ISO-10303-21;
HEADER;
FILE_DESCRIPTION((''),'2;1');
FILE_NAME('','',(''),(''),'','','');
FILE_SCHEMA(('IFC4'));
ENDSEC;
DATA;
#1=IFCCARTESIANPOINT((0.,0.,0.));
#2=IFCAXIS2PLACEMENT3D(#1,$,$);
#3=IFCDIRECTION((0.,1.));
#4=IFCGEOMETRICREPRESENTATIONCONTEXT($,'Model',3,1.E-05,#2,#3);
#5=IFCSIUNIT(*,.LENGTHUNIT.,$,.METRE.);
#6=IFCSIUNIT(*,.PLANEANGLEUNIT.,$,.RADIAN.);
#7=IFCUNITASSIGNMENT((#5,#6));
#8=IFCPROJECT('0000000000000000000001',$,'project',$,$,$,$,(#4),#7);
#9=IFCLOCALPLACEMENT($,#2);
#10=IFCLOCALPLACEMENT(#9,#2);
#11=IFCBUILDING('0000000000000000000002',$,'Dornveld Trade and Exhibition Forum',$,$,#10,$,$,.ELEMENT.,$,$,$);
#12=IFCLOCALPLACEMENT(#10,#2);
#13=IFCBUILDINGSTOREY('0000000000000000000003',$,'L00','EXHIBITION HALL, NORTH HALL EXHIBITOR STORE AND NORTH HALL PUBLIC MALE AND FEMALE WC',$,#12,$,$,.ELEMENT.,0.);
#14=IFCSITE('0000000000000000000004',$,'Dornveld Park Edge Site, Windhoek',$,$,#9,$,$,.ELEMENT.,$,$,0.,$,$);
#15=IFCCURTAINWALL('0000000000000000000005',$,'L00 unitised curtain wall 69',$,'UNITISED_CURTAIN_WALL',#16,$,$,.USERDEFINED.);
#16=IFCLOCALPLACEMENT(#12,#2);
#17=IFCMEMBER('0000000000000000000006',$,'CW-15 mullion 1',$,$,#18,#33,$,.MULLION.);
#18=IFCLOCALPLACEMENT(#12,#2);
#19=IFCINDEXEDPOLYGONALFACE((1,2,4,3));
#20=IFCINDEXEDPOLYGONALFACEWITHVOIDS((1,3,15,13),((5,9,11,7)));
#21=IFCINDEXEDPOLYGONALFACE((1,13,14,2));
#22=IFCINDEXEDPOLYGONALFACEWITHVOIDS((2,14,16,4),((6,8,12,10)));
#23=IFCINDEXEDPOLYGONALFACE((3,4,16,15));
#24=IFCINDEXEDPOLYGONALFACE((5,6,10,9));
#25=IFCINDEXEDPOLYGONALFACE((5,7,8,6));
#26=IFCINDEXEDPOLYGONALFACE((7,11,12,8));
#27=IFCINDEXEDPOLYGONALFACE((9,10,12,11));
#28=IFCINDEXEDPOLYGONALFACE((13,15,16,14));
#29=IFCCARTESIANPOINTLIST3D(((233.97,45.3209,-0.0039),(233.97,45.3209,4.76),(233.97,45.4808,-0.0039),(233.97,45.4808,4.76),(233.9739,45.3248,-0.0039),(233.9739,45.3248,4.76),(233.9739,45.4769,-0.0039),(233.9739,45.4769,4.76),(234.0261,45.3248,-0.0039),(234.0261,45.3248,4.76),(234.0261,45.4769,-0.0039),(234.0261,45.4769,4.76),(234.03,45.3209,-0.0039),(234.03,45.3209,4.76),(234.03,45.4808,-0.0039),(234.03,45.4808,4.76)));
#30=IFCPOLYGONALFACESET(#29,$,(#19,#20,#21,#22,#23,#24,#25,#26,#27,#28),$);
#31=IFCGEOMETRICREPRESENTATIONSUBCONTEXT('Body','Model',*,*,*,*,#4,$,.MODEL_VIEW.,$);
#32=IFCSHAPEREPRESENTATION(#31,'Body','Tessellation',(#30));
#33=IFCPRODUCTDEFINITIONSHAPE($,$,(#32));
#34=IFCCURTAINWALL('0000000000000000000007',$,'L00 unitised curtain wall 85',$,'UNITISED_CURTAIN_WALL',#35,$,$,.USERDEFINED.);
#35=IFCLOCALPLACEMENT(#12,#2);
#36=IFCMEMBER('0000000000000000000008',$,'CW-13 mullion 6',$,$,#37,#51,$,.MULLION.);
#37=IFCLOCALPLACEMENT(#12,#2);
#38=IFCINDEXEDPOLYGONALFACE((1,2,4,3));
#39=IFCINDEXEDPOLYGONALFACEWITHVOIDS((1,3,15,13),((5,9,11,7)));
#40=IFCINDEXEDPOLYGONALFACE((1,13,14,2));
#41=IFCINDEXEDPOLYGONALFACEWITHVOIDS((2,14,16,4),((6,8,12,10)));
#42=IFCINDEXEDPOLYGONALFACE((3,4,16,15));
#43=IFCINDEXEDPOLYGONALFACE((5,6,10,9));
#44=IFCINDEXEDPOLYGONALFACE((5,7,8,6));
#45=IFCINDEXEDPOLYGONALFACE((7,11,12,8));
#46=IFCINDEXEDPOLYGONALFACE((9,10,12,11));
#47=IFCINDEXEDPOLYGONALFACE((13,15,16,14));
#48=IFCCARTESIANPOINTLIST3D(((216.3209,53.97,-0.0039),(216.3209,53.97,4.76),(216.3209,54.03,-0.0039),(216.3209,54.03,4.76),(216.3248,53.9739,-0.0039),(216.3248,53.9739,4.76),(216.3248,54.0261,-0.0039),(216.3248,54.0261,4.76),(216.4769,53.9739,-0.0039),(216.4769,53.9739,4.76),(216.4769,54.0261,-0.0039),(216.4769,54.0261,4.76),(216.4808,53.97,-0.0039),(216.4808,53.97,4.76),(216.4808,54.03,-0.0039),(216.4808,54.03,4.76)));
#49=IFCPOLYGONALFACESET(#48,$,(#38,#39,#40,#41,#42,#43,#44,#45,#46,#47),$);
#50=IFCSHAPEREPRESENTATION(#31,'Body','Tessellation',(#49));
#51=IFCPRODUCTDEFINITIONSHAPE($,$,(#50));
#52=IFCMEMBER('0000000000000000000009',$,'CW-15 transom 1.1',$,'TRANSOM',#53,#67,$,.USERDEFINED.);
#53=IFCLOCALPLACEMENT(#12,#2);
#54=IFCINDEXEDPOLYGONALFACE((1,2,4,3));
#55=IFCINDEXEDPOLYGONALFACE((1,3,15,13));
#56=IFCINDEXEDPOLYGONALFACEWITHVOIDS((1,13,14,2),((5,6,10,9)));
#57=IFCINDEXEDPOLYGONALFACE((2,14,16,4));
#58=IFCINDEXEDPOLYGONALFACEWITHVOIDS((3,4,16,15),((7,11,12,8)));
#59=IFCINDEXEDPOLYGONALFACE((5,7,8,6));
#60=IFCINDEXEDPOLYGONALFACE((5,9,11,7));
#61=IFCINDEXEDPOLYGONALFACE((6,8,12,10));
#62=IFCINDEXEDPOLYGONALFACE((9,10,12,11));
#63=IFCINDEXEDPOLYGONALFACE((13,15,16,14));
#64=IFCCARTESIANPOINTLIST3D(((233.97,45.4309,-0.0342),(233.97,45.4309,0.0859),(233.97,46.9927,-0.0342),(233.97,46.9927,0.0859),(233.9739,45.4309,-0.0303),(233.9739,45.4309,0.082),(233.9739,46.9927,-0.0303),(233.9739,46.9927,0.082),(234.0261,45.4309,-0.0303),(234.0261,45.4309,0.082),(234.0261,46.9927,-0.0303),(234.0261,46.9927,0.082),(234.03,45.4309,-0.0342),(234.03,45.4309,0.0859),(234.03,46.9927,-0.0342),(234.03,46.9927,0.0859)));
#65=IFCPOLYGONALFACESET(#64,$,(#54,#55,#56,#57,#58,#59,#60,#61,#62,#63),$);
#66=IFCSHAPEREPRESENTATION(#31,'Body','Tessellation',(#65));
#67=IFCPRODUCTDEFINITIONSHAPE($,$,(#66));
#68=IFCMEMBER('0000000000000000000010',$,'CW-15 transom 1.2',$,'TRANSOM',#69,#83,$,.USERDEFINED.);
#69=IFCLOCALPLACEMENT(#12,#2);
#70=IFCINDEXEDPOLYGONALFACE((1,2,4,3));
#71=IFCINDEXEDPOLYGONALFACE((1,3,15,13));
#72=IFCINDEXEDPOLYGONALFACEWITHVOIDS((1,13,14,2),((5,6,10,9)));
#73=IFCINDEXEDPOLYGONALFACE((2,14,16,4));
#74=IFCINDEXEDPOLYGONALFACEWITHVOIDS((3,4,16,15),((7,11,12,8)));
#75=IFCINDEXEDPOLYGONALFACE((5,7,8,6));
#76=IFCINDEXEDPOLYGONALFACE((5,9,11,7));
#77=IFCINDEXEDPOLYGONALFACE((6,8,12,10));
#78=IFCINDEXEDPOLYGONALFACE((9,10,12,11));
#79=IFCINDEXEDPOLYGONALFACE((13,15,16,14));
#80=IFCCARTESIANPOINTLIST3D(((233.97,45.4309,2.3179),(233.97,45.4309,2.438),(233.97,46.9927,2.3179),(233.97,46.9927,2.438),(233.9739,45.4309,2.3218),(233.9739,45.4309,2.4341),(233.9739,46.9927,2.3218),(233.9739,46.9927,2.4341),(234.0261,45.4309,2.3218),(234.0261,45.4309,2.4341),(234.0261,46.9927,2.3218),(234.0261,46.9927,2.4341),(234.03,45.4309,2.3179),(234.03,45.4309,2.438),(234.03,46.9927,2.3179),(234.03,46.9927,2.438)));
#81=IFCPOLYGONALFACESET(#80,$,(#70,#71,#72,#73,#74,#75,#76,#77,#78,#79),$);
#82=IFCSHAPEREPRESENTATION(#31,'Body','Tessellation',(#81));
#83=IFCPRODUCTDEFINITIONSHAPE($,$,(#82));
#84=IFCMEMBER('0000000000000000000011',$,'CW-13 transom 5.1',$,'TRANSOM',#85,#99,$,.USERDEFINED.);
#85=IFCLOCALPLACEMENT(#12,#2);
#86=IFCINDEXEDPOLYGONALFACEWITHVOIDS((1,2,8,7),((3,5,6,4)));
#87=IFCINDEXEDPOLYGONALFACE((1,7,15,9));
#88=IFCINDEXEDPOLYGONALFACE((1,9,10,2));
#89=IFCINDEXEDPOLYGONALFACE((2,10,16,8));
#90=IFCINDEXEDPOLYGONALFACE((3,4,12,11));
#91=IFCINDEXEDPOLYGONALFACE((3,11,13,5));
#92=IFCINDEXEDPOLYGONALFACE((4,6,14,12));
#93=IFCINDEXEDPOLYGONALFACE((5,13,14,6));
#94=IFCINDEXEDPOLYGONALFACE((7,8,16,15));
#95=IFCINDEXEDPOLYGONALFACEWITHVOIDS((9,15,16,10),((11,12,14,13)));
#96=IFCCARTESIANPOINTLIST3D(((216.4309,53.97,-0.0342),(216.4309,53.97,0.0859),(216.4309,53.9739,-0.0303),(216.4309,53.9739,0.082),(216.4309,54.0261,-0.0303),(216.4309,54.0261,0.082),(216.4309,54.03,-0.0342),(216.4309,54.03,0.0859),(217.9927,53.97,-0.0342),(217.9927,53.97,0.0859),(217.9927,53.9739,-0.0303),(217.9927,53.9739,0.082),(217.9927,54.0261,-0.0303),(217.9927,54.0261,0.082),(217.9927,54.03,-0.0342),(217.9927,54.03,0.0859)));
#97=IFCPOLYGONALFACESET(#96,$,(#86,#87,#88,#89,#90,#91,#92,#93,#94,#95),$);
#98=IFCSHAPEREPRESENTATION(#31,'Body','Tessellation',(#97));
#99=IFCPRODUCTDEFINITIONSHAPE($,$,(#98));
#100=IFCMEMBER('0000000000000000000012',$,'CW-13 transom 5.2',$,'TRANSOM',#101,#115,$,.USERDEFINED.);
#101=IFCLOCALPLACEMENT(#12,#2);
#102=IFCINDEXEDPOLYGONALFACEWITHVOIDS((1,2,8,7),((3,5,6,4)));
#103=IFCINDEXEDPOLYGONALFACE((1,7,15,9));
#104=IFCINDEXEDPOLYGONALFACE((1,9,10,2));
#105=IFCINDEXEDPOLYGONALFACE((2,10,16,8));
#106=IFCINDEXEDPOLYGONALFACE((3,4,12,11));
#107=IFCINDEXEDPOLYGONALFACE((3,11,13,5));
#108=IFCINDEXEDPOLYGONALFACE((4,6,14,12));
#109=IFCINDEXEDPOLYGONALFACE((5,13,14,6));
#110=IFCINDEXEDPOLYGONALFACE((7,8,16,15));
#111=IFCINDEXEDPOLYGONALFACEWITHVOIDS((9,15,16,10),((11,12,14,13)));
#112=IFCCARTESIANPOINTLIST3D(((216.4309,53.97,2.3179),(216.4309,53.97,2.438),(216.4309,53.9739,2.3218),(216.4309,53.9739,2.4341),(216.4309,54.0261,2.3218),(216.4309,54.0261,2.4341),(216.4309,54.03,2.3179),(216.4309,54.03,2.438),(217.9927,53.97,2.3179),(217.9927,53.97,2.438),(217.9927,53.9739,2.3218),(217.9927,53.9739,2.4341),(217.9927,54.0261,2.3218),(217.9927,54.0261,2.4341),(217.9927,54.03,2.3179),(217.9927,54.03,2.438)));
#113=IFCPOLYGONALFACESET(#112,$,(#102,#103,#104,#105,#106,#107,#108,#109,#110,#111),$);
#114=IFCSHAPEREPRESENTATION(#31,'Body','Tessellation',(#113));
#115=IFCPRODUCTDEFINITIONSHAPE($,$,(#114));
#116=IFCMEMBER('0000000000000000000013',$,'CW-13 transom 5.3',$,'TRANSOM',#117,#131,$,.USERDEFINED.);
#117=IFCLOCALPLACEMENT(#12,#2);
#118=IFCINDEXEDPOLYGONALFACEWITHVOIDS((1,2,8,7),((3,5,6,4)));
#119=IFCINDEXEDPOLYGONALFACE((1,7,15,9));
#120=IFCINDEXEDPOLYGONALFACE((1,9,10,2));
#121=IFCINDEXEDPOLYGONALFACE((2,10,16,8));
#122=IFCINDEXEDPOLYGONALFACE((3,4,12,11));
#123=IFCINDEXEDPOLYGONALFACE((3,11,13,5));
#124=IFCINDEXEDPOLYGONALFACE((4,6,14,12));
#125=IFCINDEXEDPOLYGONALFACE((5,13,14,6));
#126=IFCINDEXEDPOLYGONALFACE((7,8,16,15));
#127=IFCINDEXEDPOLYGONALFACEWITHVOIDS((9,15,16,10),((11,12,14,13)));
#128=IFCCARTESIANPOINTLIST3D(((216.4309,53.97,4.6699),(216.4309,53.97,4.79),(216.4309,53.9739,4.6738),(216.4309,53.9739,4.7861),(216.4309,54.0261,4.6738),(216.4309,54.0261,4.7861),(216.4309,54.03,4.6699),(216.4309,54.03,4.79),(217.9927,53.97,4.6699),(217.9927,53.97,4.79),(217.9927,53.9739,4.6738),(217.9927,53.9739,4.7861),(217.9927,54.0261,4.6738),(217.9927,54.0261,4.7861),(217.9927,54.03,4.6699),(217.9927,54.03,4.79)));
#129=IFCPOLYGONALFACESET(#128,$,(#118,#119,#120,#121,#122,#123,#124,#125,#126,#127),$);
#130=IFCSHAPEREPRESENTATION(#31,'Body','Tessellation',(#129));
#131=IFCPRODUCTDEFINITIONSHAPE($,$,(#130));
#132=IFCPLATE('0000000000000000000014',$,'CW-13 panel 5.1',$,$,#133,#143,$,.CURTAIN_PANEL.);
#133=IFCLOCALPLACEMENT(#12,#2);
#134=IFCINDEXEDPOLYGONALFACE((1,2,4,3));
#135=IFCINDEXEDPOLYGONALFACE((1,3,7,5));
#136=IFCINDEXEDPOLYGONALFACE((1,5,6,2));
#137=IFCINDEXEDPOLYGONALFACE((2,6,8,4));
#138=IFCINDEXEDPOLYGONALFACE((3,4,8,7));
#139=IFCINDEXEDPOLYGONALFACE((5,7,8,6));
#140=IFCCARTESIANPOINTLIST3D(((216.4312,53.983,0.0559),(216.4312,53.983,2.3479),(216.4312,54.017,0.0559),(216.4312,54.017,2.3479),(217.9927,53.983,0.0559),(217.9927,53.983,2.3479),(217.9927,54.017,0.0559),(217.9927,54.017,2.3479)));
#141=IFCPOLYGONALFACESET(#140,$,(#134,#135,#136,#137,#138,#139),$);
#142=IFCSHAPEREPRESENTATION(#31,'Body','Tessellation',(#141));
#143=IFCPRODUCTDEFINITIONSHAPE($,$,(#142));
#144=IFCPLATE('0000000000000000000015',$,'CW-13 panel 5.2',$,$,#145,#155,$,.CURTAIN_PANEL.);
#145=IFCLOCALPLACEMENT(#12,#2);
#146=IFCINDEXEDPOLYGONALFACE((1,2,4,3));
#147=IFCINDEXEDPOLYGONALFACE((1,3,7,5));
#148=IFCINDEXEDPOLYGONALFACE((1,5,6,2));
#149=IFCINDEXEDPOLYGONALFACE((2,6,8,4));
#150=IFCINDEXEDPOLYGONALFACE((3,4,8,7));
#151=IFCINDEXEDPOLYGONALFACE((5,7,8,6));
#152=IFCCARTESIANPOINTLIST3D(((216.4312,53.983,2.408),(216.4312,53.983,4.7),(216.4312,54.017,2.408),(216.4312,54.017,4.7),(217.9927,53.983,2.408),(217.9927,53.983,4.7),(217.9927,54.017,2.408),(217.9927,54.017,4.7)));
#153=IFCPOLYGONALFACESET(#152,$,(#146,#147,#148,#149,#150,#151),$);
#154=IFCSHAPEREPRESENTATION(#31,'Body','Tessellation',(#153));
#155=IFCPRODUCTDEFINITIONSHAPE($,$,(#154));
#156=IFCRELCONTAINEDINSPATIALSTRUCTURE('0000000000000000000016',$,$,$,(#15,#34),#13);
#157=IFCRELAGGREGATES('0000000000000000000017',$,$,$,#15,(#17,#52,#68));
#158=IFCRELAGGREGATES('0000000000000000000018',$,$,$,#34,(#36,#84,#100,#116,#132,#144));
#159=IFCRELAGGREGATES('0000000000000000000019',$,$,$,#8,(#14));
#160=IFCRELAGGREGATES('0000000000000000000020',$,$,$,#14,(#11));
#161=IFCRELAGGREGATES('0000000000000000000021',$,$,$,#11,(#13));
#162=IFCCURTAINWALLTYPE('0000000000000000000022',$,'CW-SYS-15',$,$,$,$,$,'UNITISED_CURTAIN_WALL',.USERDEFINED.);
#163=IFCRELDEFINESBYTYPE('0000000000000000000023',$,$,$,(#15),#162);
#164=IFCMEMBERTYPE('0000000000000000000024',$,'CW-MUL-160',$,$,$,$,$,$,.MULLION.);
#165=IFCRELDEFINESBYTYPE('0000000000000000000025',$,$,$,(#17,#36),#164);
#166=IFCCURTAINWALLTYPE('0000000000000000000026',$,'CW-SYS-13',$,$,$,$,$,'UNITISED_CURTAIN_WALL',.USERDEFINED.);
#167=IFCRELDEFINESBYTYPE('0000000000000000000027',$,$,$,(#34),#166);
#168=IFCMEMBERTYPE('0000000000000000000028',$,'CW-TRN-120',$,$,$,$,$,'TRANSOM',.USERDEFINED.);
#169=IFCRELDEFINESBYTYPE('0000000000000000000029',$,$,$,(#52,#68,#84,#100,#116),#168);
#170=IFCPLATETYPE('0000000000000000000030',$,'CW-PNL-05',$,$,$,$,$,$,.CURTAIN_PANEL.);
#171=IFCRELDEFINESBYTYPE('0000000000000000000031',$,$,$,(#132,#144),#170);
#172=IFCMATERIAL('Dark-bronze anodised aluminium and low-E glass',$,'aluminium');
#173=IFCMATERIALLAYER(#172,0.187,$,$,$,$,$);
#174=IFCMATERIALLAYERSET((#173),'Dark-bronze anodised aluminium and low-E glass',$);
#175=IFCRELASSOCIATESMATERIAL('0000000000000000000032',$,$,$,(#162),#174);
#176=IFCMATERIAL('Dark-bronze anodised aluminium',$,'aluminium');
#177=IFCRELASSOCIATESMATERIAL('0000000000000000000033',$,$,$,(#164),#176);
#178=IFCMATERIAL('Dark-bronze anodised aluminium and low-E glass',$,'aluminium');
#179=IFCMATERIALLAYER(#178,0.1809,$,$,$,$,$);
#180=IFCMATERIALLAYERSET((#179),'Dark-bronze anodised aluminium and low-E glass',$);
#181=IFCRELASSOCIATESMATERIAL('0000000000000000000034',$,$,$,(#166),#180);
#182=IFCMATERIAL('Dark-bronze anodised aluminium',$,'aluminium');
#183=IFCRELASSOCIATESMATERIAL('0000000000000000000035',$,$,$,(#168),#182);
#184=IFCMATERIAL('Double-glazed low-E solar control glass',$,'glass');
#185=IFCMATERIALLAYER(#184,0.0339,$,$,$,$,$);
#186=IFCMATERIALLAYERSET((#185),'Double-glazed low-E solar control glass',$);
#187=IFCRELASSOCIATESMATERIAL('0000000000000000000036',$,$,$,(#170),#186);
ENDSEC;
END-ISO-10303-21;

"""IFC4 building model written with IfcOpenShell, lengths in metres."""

from ifc_helpers import new_model, si_unit, direction, frame, origin, origin_2d, place, context, subcontext, project, spatial, rectangle, hollow_rectangle, extrude, material, layer, layer_set, material_profile, profile_set, type_object, element, aggregate, save


model = new_model("IFC4")

# Units and contexts
model_context = context("Model", 3, precision=1e-05, world=origin(), true_north=direction((0.0, 1.0)))
body_context = subcontext(model_context, "Body", "Model", "MODEL_VIEW")
ifc_project = project(units=[si_unit("LENGTHUNIT", "METRE"), si_unit("PLANEANGLEUNIT", "RADIAN")], contexts=[model_context])

# Site, building, storey
site_placement = place(None, origin())
site = spatial("IfcSite", under=ifc_project, at=site_placement, Name="Dornveld Park Edge Site, Windhoek", CompositionType="ELEMENT", RefElevation=0.0)
building_placement = place(site_placement, origin())
building = spatial("IfcBuilding", under=site, at=building_placement, Name="Dornveld Trade and Exhibition Forum", CompositionType="ELEMENT")
storey_placement = place(building_placement, origin())
storey = spatial("IfcBuildingStorey", under=building, at=storey_placement, Name="L00", Description="EXHIBITION HALL, NORTH HALL EXHIBITOR STORE AND NORTH HALL PUBLIC MALE AND FEMALE WC", CompositionType="ELEMENT", Elevation=0.0)

# Curtain walls, members
ifc_material_1 = material(Name="Dark-bronze anodised aluminium and low-E glass", Category="aluminium")
ifc_layer_1 = layer(ifc_material_1, 0.187)
ifc_layer_set_1 = layer_set([ifc_layer_1], Name="Dark-bronze anodised aluminium and low-E glass")
curtain_wall_type_1 = type_object("IfcCurtainWallType", Name="CW-SYS-15", ElementType="UNITISED_CURTAIN_WALL", PredefinedType="USERDEFINED", material=ifc_layer_set_1)
curtain_wall_1_placement = place(storey_placement, origin())
curtain_wall_1 = element("IfcCurtainWall", 1, at=curtain_wall_1_placement, inside=storey, type_object=curtain_wall_type_1, Name="L00 unitised curtain wall 69", ObjectType="UNITISED_CURTAIN_WALL", PredefinedType="USERDEFINED")
ifc_material_2 = material(Name="Dark-bronze anodised aluminium", Category="aluminium")
ifc_material_profile_1 = material_profile(ifc_material_2, hollow_rectangle(XDim=0.0601, YDim=0.1599, WallThickness=0.0039, at=origin_2d()), Name="RHS 160x60x4")
ifc_profile_set_1 = profile_set([ifc_material_profile_1], Name="Dark-bronze anodised aluminium")
member_type_1 = type_object("IfcMemberType", Name="CW-MUL-160", PredefinedType="MULLION", material=ifc_profile_set_1)
member_1_placement = place(storey_placement, frame((234.0, 45.4009, -0.0039), z_axis=(0.0, 0.0, 1.0), x_axis=(-1.0, 0.0, 0.0)))
member_1 = element("IfcMember", 2, at=member_1_placement, type_object=member_type_1, Name="CW-15 mullion 1", PredefinedType="MULLION", context=body_context, shape_type="SweptSolid", body=[
    extrude(hollow_rectangle(XDim=0.0601, YDim=0.1599, WallThickness=0.0039, at=origin_2d()), origin(), (0.0, 0.0, 1.0), 4.7639),
])
ifc_material_3 = material(Name="Dark-bronze anodised aluminium and low-E glass", Category="aluminium")
ifc_layer_2 = layer(ifc_material_3, 0.1809)
ifc_layer_set_2 = layer_set([ifc_layer_2], Name="Dark-bronze anodised aluminium and low-E glass")
curtain_wall_type_2 = type_object("IfcCurtainWallType", Name="CW-SYS-13", ElementType="UNITISED_CURTAIN_WALL", PredefinedType="USERDEFINED", material=ifc_layer_set_2)
curtain_wall_2_placement = place(storey_placement, origin())
curtain_wall_2 = element("IfcCurtainWall", 3, at=curtain_wall_2_placement, inside=storey, type_object=curtain_wall_type_2, Name="L00 unitised curtain wall 85", ObjectType="UNITISED_CURTAIN_WALL", PredefinedType="USERDEFINED")
member_2_placement = place(storey_placement, frame((216.4009, 54.0, -0.0039), z_axis=(0.0, 0.0, 1.0), x_axis=(0.0, -1.0, 0.0)))
member_2 = element("IfcMember", 4, at=member_2_placement, type_object=member_type_1, Name="CW-13 mullion 6", PredefinedType="MULLION", context=body_context, shape_type="SweptSolid", body=[
    extrude(hollow_rectangle(XDim=0.0601, YDim=0.1599, WallThickness=0.0039, at=origin_2d()), origin(), (0.0, 0.0, 1.0), 4.7639),
])

# Members
ifc_material_4 = material(Name="Dark-bronze anodised aluminium", Category="aluminium")
ifc_material_profile_2 = material_profile(ifc_material_4, hollow_rectangle(XDim=0.0601, YDim=0.1201, WallThickness=0.0039, at=origin_2d()), Name="RHS 120x60x4")
ifc_profile_set_2 = profile_set([ifc_material_profile_2], Name="Dark-bronze anodised aluminium")
member_type_2 = type_object("IfcMemberType", Name="CW-TRN-120", ElementType="TRANSOM", PredefinedType="USERDEFINED", material=ifc_profile_set_2)
member_3_placement = place(storey_placement, frame((234.0, 45.4309, 0.0259), z_axis=(0.0, 1.0, 0.0), x_axis=(-1.0, 0.0, 0.0)))
member_3 = element("IfcMember", 5, at=member_3_placement, type_object=member_type_2, Name="CW-15 transom 1.1", ObjectType="TRANSOM", PredefinedType="USERDEFINED", context=body_context, shape_type="SweptSolid", body=[
    extrude(hollow_rectangle(XDim=0.0601, YDim=0.1201, WallThickness=0.0039, at=origin_2d()), origin(), (0.0, 0.0, 1.0), 1.5618),
])
member_4_placement = place(storey_placement, frame((234.0, 45.4309, 2.3779), z_axis=(0.0, 1.0, 0.0), x_axis=(-1.0, 0.0, 0.0)))
member_4 = element("IfcMember", 6, at=member_4_placement, type_object=member_type_2, Name="CW-15 transom 1.2", ObjectType="TRANSOM", PredefinedType="USERDEFINED", context=body_context, shape_type="SweptSolid", body=[
    extrude(hollow_rectangle(XDim=0.0601, YDim=0.1201, WallThickness=0.0039, at=origin_2d()), origin(), (0.0, 0.0, 1.0), 1.5618),
])
aggregate(curtain_wall_1, [member_1, member_3, member_4])
member_5_placement = place(storey_placement, frame((217.9927, 54.0, 0.0259), z_axis=(-1.0, 0.0, 0.0), x_axis=(0.0, -1.0, 0.0)))
member_5 = element("IfcMember", 7, at=member_5_placement, type_object=member_type_2, Name="CW-13 transom 5.1", ObjectType="TRANSOM", PredefinedType="USERDEFINED", context=body_context, shape_type="SweptSolid", body=[
    extrude(hollow_rectangle(XDim=0.0601, YDim=0.1201, WallThickness=0.0039, at=origin_2d()), origin(), (0.0, 0.0, 1.0), 1.5618),
])
member_6_placement = place(storey_placement, frame((217.9927, 54.0, 2.3779), z_axis=(-1.0, 0.0, 0.0), x_axis=(0.0, -1.0, 0.0)))
member_6 = element("IfcMember", 8, at=member_6_placement, type_object=member_type_2, Name="CW-13 transom 5.2", ObjectType="TRANSOM", PredefinedType="USERDEFINED", context=body_context, shape_type="SweptSolid", body=[
    extrude(hollow_rectangle(XDim=0.0601, YDim=0.1201, WallThickness=0.0039, at=origin_2d()), origin(), (0.0, 0.0, 1.0), 1.5618),
])
member_7_placement = place(storey_placement, frame((217.9927, 54.0, 4.73), z_axis=(-1.0, 0.0, 0.0), x_axis=(0.0, -1.0, 0.0)))
member_7 = element("IfcMember", 9, at=member_7_placement, type_object=member_type_2, Name="CW-13 transom 5.3", ObjectType="TRANSOM", PredefinedType="USERDEFINED", context=body_context, shape_type="SweptSolid", body=[
    extrude(hollow_rectangle(XDim=0.0601, YDim=0.1201, WallThickness=0.0039, at=origin_2d()), origin(), (0.0, 0.0, 1.0), 1.5618),
])

# Plates
ifc_material_5 = material(Name="Double-glazed low-E solar control glass", Category="glass")
ifc_layer_3 = layer(ifc_material_5, 0.0339)
ifc_layer_set_3 = layer_set([ifc_layer_3], Name="Double-glazed low-E solar control glass")
plate_type = type_object("IfcPlateType", Name="CW-PNL-05", PredefinedType="CURTAIN_PANEL", material=ifc_layer_set_3)
plate_1_placement = place(storey_placement, frame((217.2119, 54.0, 0.0559), z_axis=(0.0, 0.0, 1.0), x_axis=(-1.0, 0.0, 0.0)))
plate_1 = element("IfcPlate", 10, at=plate_1_placement, type_object=plate_type, Name="CW-13 panel 5.1", PredefinedType="CURTAIN_PANEL", context=body_context, shape_type="SweptSolid", body=[
    extrude(rectangle(XDim=1.5615, YDim=0.0339, at=origin_2d()), origin(), (0.0, 0.0, 1.0), 2.292),
])
plate_2_placement = place(storey_placement, frame((217.2119, 54.0, 2.408), z_axis=(0.0, 0.0, 1.0), x_axis=(-1.0, 0.0, 0.0)))
plate_2 = element("IfcPlate", 11, at=plate_2_placement, type_object=plate_type, Name="CW-13 panel 5.2", PredefinedType="CURTAIN_PANEL", context=body_context, shape_type="SweptSolid", body=[
    extrude(rectangle(XDim=1.5615, YDim=0.0339, at=origin_2d()), origin(), (0.0, 0.0, 1.0), 2.292),
])
aggregate(curtain_wall_2, [member_2, member_5, member_6, member_7, plate_1, plate_2])

save(model, "model.ifc")
